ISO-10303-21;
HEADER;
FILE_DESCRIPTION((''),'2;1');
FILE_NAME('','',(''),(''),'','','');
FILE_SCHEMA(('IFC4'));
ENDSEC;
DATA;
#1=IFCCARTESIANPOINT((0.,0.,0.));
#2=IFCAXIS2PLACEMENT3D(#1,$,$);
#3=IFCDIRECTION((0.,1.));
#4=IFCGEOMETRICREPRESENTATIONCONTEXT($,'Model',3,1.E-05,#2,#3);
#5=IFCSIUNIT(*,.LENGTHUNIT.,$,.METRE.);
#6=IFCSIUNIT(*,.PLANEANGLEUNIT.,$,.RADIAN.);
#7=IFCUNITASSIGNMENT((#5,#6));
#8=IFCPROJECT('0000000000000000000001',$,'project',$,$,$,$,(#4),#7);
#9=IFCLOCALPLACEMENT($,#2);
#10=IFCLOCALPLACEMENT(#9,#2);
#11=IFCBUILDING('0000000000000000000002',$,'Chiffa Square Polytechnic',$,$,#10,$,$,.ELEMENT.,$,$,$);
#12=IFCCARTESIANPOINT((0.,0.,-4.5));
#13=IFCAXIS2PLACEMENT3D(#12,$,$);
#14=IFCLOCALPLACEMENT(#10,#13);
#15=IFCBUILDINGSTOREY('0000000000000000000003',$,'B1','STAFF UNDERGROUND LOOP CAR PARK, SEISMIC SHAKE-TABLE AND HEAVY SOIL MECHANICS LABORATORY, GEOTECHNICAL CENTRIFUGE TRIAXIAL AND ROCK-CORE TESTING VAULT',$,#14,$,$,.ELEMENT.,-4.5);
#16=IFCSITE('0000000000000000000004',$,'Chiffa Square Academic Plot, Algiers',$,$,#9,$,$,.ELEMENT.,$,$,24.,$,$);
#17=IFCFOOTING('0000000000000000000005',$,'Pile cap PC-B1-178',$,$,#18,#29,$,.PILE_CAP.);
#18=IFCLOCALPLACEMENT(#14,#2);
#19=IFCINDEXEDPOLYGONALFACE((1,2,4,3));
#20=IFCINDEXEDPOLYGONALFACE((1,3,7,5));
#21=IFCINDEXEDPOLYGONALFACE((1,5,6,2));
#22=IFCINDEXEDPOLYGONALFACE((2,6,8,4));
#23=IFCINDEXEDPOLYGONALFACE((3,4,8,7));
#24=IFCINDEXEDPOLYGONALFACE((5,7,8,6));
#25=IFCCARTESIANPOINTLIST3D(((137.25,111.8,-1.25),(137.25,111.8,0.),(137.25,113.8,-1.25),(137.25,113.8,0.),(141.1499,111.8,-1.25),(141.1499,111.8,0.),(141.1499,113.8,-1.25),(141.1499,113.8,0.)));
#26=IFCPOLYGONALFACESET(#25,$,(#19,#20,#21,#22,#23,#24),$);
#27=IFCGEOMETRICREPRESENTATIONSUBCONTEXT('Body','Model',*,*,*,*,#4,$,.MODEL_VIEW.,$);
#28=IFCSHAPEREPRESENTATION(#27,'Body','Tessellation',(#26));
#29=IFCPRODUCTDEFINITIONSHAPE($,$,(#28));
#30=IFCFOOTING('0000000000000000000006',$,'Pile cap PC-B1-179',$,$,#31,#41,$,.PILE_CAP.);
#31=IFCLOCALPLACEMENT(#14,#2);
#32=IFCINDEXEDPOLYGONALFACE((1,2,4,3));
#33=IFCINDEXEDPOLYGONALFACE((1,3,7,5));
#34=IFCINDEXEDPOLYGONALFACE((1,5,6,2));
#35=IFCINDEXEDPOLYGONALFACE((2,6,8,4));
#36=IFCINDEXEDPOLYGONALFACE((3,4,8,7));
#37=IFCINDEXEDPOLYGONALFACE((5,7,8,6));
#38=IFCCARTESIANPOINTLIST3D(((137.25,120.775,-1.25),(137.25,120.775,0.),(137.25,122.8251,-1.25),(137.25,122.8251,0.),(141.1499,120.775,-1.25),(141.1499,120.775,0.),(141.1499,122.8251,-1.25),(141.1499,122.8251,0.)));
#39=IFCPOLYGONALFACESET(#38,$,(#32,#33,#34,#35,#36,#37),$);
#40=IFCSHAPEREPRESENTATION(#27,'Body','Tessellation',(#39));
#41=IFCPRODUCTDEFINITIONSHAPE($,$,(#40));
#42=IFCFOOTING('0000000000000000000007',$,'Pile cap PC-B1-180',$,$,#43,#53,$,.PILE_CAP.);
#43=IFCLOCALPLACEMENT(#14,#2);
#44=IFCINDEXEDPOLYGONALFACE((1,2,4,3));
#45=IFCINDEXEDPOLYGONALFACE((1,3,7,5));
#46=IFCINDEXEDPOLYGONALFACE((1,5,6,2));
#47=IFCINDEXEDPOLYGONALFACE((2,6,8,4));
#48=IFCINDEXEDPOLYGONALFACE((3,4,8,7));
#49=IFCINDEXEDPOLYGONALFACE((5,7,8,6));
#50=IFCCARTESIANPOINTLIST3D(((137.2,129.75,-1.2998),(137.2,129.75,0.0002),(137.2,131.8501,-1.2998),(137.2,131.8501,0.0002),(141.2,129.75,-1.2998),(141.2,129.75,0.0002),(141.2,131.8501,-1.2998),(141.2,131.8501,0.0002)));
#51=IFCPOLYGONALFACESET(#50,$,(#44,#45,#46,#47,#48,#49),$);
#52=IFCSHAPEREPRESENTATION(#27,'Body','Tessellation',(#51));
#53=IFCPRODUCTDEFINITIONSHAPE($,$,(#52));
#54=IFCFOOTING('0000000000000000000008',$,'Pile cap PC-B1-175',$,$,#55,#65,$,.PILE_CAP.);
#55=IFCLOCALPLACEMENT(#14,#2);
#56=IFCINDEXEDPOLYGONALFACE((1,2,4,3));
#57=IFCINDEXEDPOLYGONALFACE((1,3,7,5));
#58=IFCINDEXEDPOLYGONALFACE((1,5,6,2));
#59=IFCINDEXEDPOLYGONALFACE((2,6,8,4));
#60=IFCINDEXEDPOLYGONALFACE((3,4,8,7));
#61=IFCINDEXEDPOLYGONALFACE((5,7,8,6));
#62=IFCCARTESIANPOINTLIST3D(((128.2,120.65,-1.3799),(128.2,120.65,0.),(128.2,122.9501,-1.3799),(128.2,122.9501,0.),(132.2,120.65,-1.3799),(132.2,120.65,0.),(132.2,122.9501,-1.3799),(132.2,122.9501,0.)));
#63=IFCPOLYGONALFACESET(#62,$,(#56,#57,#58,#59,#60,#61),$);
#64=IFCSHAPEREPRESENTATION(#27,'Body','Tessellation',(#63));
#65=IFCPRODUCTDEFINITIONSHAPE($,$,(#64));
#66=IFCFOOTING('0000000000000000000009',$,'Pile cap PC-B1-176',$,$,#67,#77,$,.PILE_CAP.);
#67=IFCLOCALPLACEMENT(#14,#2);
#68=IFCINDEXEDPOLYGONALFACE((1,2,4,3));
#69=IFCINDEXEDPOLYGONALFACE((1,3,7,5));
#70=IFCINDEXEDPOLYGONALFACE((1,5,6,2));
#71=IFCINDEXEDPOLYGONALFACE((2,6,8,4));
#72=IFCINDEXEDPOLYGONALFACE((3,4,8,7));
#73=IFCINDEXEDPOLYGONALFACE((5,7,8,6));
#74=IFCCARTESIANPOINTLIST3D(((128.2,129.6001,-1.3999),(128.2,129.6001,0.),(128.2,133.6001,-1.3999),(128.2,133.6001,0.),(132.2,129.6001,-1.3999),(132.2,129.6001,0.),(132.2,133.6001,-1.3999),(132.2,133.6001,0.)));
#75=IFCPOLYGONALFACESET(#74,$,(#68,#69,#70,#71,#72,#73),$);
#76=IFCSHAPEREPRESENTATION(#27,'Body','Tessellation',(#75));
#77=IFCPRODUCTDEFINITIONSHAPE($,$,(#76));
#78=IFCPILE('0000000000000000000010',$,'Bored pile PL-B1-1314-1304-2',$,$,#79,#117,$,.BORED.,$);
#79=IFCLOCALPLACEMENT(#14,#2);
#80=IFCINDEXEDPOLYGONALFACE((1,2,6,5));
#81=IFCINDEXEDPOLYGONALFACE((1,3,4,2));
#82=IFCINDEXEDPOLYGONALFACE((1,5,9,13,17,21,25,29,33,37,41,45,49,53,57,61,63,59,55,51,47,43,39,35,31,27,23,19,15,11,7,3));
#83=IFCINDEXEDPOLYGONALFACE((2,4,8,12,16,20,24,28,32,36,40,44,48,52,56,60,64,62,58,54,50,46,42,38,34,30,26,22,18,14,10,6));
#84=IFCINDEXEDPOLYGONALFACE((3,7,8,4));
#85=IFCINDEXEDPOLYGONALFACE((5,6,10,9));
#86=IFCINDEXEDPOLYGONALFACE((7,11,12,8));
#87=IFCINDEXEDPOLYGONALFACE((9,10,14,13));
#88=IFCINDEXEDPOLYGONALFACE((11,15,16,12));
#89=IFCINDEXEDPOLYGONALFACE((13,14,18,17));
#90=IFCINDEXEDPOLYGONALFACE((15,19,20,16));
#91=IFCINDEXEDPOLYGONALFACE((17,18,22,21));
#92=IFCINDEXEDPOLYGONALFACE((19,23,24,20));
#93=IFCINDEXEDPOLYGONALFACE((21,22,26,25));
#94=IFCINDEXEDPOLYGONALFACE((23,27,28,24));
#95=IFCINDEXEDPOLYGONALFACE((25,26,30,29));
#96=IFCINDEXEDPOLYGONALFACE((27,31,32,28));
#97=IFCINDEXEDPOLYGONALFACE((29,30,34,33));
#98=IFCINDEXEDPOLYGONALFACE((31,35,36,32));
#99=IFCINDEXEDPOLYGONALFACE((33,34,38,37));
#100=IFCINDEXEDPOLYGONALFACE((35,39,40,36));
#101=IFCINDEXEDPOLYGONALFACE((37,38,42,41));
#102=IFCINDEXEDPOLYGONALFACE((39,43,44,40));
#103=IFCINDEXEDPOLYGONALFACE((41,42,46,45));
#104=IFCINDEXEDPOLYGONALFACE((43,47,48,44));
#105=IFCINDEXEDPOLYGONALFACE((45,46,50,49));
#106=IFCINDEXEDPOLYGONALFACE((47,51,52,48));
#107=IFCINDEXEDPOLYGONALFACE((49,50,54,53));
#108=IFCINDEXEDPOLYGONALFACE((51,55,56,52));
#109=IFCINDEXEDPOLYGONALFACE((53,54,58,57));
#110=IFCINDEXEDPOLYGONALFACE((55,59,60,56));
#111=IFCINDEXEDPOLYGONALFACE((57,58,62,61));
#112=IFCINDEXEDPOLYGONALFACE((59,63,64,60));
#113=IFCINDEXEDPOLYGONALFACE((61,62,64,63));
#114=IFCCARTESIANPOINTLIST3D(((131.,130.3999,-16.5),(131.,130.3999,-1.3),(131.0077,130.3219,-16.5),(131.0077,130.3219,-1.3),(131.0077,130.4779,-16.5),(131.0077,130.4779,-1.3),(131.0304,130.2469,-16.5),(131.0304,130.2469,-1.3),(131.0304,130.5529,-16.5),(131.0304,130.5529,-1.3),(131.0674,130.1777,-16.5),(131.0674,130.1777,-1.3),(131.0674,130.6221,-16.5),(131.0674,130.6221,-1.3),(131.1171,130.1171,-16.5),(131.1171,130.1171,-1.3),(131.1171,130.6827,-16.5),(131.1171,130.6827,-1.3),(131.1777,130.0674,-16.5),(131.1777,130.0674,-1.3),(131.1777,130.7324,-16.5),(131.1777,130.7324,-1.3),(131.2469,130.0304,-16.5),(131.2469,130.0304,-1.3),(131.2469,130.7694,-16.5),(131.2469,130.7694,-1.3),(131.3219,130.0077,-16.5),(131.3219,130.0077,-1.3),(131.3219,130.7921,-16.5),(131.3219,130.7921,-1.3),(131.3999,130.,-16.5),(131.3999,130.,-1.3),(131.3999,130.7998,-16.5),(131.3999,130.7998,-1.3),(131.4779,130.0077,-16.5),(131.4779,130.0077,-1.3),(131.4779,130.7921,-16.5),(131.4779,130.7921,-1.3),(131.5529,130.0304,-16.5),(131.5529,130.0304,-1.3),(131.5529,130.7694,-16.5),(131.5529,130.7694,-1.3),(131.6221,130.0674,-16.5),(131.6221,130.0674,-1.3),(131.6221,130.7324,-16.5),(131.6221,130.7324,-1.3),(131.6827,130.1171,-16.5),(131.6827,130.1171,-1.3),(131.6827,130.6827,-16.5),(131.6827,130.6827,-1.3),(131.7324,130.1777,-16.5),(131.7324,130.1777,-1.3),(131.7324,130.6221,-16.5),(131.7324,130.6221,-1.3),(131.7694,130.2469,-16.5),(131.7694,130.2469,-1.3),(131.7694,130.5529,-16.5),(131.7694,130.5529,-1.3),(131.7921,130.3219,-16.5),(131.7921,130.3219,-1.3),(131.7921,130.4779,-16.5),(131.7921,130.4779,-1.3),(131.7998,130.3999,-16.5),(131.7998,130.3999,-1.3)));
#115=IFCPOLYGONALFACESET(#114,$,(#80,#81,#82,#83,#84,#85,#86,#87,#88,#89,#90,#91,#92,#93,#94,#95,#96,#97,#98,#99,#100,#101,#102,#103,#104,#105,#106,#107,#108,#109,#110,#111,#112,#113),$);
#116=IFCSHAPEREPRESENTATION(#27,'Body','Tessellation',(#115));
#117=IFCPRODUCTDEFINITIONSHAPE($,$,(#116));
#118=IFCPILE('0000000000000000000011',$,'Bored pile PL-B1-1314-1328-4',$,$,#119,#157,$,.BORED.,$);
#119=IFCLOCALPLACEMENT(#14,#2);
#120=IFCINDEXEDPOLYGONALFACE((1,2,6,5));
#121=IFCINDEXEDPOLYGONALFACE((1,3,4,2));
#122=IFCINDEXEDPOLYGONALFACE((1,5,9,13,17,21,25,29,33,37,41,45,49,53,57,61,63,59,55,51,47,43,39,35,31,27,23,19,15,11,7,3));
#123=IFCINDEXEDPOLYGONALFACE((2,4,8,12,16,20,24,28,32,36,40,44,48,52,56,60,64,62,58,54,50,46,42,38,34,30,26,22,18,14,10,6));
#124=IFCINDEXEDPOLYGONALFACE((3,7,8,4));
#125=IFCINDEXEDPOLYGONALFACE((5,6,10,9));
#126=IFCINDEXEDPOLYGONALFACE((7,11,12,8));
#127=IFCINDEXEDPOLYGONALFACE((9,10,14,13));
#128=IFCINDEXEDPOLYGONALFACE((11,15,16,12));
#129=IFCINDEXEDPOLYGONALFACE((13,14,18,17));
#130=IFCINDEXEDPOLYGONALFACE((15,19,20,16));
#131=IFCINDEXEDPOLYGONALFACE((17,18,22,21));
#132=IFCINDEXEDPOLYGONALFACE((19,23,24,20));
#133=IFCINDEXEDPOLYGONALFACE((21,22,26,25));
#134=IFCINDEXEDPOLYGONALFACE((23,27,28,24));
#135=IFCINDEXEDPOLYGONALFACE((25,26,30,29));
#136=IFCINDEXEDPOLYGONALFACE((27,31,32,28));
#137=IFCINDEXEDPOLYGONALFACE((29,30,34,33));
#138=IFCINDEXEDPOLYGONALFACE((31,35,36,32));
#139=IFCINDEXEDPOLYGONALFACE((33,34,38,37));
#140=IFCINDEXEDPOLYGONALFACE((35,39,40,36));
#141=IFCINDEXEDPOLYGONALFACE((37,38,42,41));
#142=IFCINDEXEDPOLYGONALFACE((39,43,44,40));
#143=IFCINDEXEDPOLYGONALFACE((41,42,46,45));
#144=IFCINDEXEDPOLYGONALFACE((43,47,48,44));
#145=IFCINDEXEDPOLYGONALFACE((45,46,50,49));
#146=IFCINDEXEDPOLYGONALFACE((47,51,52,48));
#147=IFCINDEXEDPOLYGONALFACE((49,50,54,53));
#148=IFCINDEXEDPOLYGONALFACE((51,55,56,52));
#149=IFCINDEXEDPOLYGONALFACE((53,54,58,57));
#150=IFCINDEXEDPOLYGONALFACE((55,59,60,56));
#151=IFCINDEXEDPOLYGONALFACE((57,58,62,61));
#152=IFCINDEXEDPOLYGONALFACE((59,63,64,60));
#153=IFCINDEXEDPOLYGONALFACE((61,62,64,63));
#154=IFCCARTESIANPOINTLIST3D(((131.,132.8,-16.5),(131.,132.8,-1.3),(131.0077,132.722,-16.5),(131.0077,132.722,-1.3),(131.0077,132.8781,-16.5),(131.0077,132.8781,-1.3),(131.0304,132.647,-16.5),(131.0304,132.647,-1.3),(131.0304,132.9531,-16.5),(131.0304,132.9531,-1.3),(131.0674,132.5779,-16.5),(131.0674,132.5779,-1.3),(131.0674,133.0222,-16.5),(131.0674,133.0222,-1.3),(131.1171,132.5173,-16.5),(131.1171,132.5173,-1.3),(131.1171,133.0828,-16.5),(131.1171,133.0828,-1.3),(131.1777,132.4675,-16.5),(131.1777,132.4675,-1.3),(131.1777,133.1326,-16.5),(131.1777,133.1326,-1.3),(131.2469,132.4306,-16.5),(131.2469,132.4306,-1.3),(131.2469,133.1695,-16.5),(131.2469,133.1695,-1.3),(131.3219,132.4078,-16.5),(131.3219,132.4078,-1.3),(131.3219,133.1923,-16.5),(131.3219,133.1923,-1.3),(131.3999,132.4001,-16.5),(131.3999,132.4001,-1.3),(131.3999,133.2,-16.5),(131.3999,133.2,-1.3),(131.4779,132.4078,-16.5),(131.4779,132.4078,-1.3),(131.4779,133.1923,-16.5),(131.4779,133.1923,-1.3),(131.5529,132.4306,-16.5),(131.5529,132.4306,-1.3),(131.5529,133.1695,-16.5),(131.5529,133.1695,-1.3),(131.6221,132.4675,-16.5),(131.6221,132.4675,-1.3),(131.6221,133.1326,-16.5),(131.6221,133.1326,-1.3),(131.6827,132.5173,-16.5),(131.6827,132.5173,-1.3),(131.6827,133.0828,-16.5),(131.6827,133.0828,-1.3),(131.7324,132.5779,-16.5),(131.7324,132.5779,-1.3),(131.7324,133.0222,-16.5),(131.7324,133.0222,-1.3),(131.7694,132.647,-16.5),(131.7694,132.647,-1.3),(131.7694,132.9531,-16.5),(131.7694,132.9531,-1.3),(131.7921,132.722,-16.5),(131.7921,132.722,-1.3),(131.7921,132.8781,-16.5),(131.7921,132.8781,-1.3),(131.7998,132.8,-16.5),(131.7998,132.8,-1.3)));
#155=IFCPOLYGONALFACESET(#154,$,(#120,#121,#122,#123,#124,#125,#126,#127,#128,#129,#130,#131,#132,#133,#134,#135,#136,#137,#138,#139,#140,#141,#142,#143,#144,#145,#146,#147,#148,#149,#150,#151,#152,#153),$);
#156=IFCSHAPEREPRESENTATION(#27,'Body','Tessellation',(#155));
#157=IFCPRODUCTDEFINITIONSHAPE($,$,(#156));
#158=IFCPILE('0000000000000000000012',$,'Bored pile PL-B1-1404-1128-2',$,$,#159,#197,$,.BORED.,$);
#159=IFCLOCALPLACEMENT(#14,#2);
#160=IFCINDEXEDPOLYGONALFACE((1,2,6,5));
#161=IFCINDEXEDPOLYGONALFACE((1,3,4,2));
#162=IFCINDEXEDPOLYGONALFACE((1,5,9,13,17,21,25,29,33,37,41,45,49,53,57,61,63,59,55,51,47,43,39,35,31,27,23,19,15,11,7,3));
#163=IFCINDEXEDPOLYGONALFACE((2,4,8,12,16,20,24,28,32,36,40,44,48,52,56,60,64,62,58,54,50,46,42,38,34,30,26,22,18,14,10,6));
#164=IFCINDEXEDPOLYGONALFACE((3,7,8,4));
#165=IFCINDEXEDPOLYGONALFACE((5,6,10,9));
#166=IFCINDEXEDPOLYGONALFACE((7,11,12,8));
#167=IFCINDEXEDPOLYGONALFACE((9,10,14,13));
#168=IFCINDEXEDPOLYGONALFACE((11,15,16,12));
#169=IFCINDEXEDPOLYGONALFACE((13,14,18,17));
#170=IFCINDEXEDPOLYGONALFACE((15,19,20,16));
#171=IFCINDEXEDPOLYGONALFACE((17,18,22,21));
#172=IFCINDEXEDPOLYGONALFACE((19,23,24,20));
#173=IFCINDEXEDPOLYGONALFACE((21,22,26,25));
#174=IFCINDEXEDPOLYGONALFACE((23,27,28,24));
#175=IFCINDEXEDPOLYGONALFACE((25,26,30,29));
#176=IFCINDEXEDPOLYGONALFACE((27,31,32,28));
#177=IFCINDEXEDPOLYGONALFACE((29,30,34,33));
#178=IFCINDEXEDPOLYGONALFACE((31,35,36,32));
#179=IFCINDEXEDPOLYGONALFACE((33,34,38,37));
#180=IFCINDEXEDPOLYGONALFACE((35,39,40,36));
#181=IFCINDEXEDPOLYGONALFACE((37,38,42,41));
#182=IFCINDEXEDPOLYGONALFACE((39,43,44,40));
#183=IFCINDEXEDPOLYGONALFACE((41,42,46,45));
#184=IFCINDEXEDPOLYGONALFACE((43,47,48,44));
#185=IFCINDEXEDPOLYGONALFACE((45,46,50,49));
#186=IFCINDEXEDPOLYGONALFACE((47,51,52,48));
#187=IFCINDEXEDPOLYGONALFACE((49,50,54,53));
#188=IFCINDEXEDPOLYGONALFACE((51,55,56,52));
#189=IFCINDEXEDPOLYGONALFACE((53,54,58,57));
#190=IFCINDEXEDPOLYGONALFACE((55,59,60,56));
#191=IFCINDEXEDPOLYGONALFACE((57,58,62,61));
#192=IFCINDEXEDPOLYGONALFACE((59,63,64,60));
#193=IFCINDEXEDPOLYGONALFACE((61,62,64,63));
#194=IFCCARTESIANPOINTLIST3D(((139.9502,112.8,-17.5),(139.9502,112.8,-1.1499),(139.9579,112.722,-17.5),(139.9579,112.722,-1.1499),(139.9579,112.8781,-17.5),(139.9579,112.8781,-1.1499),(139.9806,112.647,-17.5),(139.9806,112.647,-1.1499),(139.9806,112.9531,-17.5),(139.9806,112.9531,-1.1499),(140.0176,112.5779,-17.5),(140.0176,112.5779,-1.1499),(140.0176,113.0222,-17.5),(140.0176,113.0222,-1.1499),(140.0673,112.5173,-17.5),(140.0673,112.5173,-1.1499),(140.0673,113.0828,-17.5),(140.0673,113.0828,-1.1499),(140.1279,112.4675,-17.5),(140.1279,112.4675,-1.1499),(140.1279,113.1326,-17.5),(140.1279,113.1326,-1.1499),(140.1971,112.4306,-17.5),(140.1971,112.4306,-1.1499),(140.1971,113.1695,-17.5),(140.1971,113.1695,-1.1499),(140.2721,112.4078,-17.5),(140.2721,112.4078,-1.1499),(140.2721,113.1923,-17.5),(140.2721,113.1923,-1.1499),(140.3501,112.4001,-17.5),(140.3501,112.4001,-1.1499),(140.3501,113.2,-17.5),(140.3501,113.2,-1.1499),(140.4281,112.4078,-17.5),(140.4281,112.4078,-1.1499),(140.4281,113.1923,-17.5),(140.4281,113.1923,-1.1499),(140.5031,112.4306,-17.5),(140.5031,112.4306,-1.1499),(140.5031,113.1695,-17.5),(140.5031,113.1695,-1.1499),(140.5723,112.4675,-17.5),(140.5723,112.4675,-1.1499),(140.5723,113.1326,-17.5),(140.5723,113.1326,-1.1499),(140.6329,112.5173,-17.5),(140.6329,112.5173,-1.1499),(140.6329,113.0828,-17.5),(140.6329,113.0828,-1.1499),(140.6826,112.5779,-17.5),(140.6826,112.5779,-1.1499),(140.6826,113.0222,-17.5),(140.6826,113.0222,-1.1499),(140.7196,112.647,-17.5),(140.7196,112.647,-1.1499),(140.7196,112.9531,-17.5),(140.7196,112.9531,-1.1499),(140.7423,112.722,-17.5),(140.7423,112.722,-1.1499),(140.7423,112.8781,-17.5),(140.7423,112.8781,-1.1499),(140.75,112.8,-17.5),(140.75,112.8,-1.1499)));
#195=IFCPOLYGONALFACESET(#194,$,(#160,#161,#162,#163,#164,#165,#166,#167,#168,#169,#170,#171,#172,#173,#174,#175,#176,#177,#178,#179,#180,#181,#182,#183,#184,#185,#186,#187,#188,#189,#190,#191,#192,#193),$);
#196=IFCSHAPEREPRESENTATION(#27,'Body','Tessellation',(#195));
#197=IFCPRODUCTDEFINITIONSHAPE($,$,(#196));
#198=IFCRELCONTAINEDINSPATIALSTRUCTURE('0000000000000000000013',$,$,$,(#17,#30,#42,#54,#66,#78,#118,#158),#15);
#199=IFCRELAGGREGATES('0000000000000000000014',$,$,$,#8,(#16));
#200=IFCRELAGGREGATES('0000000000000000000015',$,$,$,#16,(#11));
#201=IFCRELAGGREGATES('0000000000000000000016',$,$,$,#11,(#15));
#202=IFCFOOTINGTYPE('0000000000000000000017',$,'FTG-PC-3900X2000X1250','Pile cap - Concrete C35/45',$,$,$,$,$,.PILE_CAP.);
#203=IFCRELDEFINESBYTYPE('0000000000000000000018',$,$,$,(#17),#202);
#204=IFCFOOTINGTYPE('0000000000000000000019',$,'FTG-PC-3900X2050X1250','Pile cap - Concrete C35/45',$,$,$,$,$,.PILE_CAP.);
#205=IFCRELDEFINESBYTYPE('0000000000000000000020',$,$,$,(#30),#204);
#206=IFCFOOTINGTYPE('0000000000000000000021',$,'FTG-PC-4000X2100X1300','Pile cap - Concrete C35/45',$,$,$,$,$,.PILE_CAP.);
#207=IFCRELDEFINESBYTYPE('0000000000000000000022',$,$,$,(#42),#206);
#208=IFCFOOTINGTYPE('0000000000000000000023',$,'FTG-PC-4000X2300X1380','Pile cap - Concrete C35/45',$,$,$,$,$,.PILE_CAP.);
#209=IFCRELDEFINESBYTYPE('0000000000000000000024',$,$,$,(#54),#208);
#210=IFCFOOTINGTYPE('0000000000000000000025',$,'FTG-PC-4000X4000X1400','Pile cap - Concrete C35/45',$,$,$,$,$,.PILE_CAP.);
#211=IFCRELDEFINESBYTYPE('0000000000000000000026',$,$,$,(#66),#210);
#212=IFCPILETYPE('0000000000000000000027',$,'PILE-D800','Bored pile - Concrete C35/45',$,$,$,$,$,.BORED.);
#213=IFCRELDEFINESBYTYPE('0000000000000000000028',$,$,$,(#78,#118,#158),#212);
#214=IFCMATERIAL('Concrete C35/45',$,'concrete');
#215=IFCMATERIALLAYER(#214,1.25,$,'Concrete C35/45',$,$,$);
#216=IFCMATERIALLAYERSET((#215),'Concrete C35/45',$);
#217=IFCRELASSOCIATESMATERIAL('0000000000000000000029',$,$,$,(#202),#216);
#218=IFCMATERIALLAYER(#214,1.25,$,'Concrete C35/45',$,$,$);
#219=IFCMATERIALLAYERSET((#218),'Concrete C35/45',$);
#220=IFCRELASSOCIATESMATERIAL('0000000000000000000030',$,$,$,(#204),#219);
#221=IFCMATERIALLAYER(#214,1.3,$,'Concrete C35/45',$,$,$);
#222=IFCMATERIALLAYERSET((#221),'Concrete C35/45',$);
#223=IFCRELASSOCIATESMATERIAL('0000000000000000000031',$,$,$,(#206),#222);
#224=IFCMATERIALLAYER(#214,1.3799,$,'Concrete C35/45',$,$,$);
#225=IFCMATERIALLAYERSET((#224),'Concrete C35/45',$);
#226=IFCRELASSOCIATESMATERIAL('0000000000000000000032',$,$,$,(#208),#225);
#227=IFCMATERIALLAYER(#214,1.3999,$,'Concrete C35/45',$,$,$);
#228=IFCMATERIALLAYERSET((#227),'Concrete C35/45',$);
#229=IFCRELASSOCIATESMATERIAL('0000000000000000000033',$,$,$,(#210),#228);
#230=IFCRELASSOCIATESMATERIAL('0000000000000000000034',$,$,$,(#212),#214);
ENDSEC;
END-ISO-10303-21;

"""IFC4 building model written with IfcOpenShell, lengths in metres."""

from ifc_helpers import new_model, si_unit, direction, frame, origin, origin_2d, place, context, subcontext, project, spatial, rectangle, circle, extrude, material, layer, layer_set, material_profile, profile_set, type_object, element, save


model = new_model("IFC4")

# Units and contexts
model_context = context("Model", 3, precision=1e-05, world=origin(), true_north=direction((0.0, 1.0)))
body_context = subcontext(model_context, "Body", "Model", "MODEL_VIEW")
ifc_project = project(units=[si_unit("LENGTHUNIT", "METRE"), si_unit("PLANEANGLEUNIT", "RADIAN")], contexts=[model_context])

# Site, building, storey
site_placement = place(None, origin())
site = spatial("IfcSite", under=ifc_project, at=site_placement, Name="Chiffa Square Academic Plot, Algiers", CompositionType="ELEMENT", RefElevation=24.0)
building_placement = place(site_placement, origin())
building = spatial("IfcBuilding", under=site, at=building_placement, Name="Chiffa Square Polytechnic", CompositionType="ELEMENT")
storey_placement = place(building_placement, frame((0.0, 0.0, -4.5)))
storey = spatial("IfcBuildingStorey", under=building, at=storey_placement, Name="B1", Description="STAFF UNDERGROUND LOOP CAR PARK, SEISMIC SHAKE-TABLE AND HEAVY SOIL MECHANICS LABORATORY, GEOTECHNICAL CENTRIFUGE TRIAXIAL AND ROCK-CORE TESTING VAULT", CompositionType="ELEMENT", Elevation=-4.5)

# Footings
ifc_material_1 = material(Name="Concrete C35/45", Category="concrete")
ifc_layer_1 = layer(ifc_material_1, 1.25, Name="Concrete C35/45")
ifc_layer_set_1 = layer_set([ifc_layer_1], Name="Concrete C35/45")
footing_type_1 = type_object("IfcFootingType", Name="FTG-PC-3900X2000X1250", Description="Pile cap - Concrete C35/45", PredefinedType="PILE_CAP", material=ifc_layer_set_1)
footing_1_placement = place(storey_placement, frame((139.2, 112.8, -1.25), z_axis=(0.0, 0.0, 1.0), x_axis=(1.0, 0.0, 0.0)))
element("IfcFooting", 1, at=footing_1_placement, inside=storey, type_object=footing_type_1, Name="Pile cap PC-B1-178", PredefinedType="PILE_CAP", context=body_context, shape_type="SweptSolid", body=[
    extrude(rectangle(XDim=3.8999, YDim=2.0, at=origin_2d()), origin(), (0.0, 0.0, 1.0), 1.25),
])
ifc_layer_2 = layer(ifc_material_1, 1.25, Name="Concrete C35/45")
ifc_layer_set_2 = layer_set([ifc_layer_2], Name="Concrete C35/45")
footing_type_2 = type_object("IfcFootingType", Name="FTG-PC-3900X2050X1250", Description="Pile cap - Concrete C35/45", PredefinedType="PILE_CAP", material=ifc_layer_set_2)
footing_2_placement = place(storey_placement, frame((139.2, 121.8, -1.25), z_axis=(0.0, 0.0, 1.0), x_axis=(1.0, 0.0, 0.0)))
element("IfcFooting", 2, at=footing_2_placement, inside=storey, type_object=footing_type_2, Name="Pile cap PC-B1-179", PredefinedType="PILE_CAP", context=body_context, shape_type="SweptSolid", body=[
    extrude(rectangle(XDim=3.8999, YDim=2.05, at=origin_2d()), origin(), (0.0, 0.0, 1.0), 1.25),
])
ifc_layer_3 = layer(ifc_material_1, 1.3, Name="Concrete C35/45")
ifc_layer_set_3 = layer_set([ifc_layer_3], Name="Concrete C35/45")
footing_type_3 = type_object("IfcFootingType", Name="FTG-PC-4000X2100X1300", Description="Pile cap - Concrete C35/45", PredefinedType="PILE_CAP", material=ifc_layer_set_3)
footing_3_placement = place(storey_placement, frame((139.2, 130.8, -1.2998), z_axis=(0.0, 0.0, 1.0), x_axis=(1.0, 0.0, 0.0)))
element("IfcFooting", 3, at=footing_3_placement, inside=storey, type_object=footing_type_3, Name="Pile cap PC-B1-180", PredefinedType="PILE_CAP", context=body_context, shape_type="SweptSolid", body=[
    extrude(rectangle(XDim=4.0, YDim=2.1001, at=origin_2d()), origin(), (0.0, 0.0, 1.0), 1.3),
])
ifc_layer_4 = layer(ifc_material_1, 1.3799, Name="Concrete C35/45")
ifc_layer_set_4 = layer_set([ifc_layer_4], Name="Concrete C35/45")
footing_type_4 = type_object("IfcFootingType", Name="FTG-PC-4000X2300X1380", Description="Pile cap - Concrete C35/45", PredefinedType="PILE_CAP", material=ifc_layer_set_4)
footing_4_placement = place(storey_placement, frame((130.2, 121.8, -1.3799), z_axis=(0.0, 0.0, 1.0), x_axis=(1.0, 0.0, 0.0)))
element("IfcFooting", 4, at=footing_4_placement, inside=storey, type_object=footing_type_4, Name="Pile cap PC-B1-175", PredefinedType="PILE_CAP", context=body_context, shape_type="SweptSolid", body=[
    extrude(rectangle(XDim=4.0, YDim=2.3, at=origin_2d()), origin(), (0.0, 0.0, 1.0), 1.3799),
])
ifc_layer_5 = layer(ifc_material_1, 1.3999, Name="Concrete C35/45")
ifc_layer_set_5 = layer_set([ifc_layer_5], Name="Concrete C35/45")
footing_type_5 = type_object("IfcFootingType", Name="FTG-PC-4000X4000X1400", Description="Pile cap - Concrete C35/45", PredefinedType="PILE_CAP", material=ifc_layer_set_5)
footing_5_placement = place(storey_placement, frame((130.2, 131.6001, -1.3999), z_axis=(0.0, 0.0, 1.0), x_axis=(1.0, 0.0, 0.0)))
element("IfcFooting", 5, at=footing_5_placement, inside=storey, type_object=footing_type_5, Name="Pile cap PC-B1-176", PredefinedType="PILE_CAP", context=body_context, shape_type="SweptSolid", body=[
    extrude(rectangle(XDim=4.0, YDim=4.0, at=origin_2d()), origin(), (0.0, 0.0, 1.0), 1.3999),
])

# Piles
ifc_material_profile_1 = material_profile(ifc_material_1, circle(Radius=0.3999, at=origin_2d()), Name="PILE D800")
ifc_profile_set_1 = profile_set([ifc_material_profile_1], Name="Concrete C35/45")
pile_type_1 = type_object("IfcPileType", Name="PILE-D800", Description="Bored pile - Concrete C35/45", PredefinedType="BORED", material=ifc_profile_set_1)
for number, where, z_axis, x_axis, name in (
    (6, (131.3999, 130.3999, -1.3), (0.0, 0.0, -1.0), (1.0, 0.0, 0.0), "Bored pile PL-B1-1314-1304-2"),
    (7, (131.3999, 132.8, -1.3), (0.0, 0.0, -1.0), (1.0, 0.0, 0.0), "Bored pile PL-B1-1314-1328-4"),
):
    element("IfcPile", number, at=place(storey_placement, frame(where, z_axis=z_axis, x_axis=x_axis)), inside=storey, type_object=pile_type_1, Name=name, PredefinedType="BORED", context=body_context, shape_type="SweptSolid", body=[
        extrude(circle(Radius=0.3999, at=origin_2d()), origin(), (0.0, 0.0, 1.0), 15.2),
    ])
pile_1_placement = place(storey_placement, frame((140.3501, 112.8, -1.1499), z_axis=(0.0, 0.0, -1.0), x_axis=(1.0, 0.0, 0.0)))
element("IfcPile", 8, at=pile_1_placement, inside=storey, type_object=pile_type_1, Name="Bored pile PL-B1-1404-1128-2", PredefinedType="BORED", context=body_context, shape_type="SweptSolid", body=[
    extrude(circle(Radius=0.3999, at=origin_2d()), origin(), (0.0, 0.0, 1.0), 16.3501),
])

save(model, "model.ifc")
